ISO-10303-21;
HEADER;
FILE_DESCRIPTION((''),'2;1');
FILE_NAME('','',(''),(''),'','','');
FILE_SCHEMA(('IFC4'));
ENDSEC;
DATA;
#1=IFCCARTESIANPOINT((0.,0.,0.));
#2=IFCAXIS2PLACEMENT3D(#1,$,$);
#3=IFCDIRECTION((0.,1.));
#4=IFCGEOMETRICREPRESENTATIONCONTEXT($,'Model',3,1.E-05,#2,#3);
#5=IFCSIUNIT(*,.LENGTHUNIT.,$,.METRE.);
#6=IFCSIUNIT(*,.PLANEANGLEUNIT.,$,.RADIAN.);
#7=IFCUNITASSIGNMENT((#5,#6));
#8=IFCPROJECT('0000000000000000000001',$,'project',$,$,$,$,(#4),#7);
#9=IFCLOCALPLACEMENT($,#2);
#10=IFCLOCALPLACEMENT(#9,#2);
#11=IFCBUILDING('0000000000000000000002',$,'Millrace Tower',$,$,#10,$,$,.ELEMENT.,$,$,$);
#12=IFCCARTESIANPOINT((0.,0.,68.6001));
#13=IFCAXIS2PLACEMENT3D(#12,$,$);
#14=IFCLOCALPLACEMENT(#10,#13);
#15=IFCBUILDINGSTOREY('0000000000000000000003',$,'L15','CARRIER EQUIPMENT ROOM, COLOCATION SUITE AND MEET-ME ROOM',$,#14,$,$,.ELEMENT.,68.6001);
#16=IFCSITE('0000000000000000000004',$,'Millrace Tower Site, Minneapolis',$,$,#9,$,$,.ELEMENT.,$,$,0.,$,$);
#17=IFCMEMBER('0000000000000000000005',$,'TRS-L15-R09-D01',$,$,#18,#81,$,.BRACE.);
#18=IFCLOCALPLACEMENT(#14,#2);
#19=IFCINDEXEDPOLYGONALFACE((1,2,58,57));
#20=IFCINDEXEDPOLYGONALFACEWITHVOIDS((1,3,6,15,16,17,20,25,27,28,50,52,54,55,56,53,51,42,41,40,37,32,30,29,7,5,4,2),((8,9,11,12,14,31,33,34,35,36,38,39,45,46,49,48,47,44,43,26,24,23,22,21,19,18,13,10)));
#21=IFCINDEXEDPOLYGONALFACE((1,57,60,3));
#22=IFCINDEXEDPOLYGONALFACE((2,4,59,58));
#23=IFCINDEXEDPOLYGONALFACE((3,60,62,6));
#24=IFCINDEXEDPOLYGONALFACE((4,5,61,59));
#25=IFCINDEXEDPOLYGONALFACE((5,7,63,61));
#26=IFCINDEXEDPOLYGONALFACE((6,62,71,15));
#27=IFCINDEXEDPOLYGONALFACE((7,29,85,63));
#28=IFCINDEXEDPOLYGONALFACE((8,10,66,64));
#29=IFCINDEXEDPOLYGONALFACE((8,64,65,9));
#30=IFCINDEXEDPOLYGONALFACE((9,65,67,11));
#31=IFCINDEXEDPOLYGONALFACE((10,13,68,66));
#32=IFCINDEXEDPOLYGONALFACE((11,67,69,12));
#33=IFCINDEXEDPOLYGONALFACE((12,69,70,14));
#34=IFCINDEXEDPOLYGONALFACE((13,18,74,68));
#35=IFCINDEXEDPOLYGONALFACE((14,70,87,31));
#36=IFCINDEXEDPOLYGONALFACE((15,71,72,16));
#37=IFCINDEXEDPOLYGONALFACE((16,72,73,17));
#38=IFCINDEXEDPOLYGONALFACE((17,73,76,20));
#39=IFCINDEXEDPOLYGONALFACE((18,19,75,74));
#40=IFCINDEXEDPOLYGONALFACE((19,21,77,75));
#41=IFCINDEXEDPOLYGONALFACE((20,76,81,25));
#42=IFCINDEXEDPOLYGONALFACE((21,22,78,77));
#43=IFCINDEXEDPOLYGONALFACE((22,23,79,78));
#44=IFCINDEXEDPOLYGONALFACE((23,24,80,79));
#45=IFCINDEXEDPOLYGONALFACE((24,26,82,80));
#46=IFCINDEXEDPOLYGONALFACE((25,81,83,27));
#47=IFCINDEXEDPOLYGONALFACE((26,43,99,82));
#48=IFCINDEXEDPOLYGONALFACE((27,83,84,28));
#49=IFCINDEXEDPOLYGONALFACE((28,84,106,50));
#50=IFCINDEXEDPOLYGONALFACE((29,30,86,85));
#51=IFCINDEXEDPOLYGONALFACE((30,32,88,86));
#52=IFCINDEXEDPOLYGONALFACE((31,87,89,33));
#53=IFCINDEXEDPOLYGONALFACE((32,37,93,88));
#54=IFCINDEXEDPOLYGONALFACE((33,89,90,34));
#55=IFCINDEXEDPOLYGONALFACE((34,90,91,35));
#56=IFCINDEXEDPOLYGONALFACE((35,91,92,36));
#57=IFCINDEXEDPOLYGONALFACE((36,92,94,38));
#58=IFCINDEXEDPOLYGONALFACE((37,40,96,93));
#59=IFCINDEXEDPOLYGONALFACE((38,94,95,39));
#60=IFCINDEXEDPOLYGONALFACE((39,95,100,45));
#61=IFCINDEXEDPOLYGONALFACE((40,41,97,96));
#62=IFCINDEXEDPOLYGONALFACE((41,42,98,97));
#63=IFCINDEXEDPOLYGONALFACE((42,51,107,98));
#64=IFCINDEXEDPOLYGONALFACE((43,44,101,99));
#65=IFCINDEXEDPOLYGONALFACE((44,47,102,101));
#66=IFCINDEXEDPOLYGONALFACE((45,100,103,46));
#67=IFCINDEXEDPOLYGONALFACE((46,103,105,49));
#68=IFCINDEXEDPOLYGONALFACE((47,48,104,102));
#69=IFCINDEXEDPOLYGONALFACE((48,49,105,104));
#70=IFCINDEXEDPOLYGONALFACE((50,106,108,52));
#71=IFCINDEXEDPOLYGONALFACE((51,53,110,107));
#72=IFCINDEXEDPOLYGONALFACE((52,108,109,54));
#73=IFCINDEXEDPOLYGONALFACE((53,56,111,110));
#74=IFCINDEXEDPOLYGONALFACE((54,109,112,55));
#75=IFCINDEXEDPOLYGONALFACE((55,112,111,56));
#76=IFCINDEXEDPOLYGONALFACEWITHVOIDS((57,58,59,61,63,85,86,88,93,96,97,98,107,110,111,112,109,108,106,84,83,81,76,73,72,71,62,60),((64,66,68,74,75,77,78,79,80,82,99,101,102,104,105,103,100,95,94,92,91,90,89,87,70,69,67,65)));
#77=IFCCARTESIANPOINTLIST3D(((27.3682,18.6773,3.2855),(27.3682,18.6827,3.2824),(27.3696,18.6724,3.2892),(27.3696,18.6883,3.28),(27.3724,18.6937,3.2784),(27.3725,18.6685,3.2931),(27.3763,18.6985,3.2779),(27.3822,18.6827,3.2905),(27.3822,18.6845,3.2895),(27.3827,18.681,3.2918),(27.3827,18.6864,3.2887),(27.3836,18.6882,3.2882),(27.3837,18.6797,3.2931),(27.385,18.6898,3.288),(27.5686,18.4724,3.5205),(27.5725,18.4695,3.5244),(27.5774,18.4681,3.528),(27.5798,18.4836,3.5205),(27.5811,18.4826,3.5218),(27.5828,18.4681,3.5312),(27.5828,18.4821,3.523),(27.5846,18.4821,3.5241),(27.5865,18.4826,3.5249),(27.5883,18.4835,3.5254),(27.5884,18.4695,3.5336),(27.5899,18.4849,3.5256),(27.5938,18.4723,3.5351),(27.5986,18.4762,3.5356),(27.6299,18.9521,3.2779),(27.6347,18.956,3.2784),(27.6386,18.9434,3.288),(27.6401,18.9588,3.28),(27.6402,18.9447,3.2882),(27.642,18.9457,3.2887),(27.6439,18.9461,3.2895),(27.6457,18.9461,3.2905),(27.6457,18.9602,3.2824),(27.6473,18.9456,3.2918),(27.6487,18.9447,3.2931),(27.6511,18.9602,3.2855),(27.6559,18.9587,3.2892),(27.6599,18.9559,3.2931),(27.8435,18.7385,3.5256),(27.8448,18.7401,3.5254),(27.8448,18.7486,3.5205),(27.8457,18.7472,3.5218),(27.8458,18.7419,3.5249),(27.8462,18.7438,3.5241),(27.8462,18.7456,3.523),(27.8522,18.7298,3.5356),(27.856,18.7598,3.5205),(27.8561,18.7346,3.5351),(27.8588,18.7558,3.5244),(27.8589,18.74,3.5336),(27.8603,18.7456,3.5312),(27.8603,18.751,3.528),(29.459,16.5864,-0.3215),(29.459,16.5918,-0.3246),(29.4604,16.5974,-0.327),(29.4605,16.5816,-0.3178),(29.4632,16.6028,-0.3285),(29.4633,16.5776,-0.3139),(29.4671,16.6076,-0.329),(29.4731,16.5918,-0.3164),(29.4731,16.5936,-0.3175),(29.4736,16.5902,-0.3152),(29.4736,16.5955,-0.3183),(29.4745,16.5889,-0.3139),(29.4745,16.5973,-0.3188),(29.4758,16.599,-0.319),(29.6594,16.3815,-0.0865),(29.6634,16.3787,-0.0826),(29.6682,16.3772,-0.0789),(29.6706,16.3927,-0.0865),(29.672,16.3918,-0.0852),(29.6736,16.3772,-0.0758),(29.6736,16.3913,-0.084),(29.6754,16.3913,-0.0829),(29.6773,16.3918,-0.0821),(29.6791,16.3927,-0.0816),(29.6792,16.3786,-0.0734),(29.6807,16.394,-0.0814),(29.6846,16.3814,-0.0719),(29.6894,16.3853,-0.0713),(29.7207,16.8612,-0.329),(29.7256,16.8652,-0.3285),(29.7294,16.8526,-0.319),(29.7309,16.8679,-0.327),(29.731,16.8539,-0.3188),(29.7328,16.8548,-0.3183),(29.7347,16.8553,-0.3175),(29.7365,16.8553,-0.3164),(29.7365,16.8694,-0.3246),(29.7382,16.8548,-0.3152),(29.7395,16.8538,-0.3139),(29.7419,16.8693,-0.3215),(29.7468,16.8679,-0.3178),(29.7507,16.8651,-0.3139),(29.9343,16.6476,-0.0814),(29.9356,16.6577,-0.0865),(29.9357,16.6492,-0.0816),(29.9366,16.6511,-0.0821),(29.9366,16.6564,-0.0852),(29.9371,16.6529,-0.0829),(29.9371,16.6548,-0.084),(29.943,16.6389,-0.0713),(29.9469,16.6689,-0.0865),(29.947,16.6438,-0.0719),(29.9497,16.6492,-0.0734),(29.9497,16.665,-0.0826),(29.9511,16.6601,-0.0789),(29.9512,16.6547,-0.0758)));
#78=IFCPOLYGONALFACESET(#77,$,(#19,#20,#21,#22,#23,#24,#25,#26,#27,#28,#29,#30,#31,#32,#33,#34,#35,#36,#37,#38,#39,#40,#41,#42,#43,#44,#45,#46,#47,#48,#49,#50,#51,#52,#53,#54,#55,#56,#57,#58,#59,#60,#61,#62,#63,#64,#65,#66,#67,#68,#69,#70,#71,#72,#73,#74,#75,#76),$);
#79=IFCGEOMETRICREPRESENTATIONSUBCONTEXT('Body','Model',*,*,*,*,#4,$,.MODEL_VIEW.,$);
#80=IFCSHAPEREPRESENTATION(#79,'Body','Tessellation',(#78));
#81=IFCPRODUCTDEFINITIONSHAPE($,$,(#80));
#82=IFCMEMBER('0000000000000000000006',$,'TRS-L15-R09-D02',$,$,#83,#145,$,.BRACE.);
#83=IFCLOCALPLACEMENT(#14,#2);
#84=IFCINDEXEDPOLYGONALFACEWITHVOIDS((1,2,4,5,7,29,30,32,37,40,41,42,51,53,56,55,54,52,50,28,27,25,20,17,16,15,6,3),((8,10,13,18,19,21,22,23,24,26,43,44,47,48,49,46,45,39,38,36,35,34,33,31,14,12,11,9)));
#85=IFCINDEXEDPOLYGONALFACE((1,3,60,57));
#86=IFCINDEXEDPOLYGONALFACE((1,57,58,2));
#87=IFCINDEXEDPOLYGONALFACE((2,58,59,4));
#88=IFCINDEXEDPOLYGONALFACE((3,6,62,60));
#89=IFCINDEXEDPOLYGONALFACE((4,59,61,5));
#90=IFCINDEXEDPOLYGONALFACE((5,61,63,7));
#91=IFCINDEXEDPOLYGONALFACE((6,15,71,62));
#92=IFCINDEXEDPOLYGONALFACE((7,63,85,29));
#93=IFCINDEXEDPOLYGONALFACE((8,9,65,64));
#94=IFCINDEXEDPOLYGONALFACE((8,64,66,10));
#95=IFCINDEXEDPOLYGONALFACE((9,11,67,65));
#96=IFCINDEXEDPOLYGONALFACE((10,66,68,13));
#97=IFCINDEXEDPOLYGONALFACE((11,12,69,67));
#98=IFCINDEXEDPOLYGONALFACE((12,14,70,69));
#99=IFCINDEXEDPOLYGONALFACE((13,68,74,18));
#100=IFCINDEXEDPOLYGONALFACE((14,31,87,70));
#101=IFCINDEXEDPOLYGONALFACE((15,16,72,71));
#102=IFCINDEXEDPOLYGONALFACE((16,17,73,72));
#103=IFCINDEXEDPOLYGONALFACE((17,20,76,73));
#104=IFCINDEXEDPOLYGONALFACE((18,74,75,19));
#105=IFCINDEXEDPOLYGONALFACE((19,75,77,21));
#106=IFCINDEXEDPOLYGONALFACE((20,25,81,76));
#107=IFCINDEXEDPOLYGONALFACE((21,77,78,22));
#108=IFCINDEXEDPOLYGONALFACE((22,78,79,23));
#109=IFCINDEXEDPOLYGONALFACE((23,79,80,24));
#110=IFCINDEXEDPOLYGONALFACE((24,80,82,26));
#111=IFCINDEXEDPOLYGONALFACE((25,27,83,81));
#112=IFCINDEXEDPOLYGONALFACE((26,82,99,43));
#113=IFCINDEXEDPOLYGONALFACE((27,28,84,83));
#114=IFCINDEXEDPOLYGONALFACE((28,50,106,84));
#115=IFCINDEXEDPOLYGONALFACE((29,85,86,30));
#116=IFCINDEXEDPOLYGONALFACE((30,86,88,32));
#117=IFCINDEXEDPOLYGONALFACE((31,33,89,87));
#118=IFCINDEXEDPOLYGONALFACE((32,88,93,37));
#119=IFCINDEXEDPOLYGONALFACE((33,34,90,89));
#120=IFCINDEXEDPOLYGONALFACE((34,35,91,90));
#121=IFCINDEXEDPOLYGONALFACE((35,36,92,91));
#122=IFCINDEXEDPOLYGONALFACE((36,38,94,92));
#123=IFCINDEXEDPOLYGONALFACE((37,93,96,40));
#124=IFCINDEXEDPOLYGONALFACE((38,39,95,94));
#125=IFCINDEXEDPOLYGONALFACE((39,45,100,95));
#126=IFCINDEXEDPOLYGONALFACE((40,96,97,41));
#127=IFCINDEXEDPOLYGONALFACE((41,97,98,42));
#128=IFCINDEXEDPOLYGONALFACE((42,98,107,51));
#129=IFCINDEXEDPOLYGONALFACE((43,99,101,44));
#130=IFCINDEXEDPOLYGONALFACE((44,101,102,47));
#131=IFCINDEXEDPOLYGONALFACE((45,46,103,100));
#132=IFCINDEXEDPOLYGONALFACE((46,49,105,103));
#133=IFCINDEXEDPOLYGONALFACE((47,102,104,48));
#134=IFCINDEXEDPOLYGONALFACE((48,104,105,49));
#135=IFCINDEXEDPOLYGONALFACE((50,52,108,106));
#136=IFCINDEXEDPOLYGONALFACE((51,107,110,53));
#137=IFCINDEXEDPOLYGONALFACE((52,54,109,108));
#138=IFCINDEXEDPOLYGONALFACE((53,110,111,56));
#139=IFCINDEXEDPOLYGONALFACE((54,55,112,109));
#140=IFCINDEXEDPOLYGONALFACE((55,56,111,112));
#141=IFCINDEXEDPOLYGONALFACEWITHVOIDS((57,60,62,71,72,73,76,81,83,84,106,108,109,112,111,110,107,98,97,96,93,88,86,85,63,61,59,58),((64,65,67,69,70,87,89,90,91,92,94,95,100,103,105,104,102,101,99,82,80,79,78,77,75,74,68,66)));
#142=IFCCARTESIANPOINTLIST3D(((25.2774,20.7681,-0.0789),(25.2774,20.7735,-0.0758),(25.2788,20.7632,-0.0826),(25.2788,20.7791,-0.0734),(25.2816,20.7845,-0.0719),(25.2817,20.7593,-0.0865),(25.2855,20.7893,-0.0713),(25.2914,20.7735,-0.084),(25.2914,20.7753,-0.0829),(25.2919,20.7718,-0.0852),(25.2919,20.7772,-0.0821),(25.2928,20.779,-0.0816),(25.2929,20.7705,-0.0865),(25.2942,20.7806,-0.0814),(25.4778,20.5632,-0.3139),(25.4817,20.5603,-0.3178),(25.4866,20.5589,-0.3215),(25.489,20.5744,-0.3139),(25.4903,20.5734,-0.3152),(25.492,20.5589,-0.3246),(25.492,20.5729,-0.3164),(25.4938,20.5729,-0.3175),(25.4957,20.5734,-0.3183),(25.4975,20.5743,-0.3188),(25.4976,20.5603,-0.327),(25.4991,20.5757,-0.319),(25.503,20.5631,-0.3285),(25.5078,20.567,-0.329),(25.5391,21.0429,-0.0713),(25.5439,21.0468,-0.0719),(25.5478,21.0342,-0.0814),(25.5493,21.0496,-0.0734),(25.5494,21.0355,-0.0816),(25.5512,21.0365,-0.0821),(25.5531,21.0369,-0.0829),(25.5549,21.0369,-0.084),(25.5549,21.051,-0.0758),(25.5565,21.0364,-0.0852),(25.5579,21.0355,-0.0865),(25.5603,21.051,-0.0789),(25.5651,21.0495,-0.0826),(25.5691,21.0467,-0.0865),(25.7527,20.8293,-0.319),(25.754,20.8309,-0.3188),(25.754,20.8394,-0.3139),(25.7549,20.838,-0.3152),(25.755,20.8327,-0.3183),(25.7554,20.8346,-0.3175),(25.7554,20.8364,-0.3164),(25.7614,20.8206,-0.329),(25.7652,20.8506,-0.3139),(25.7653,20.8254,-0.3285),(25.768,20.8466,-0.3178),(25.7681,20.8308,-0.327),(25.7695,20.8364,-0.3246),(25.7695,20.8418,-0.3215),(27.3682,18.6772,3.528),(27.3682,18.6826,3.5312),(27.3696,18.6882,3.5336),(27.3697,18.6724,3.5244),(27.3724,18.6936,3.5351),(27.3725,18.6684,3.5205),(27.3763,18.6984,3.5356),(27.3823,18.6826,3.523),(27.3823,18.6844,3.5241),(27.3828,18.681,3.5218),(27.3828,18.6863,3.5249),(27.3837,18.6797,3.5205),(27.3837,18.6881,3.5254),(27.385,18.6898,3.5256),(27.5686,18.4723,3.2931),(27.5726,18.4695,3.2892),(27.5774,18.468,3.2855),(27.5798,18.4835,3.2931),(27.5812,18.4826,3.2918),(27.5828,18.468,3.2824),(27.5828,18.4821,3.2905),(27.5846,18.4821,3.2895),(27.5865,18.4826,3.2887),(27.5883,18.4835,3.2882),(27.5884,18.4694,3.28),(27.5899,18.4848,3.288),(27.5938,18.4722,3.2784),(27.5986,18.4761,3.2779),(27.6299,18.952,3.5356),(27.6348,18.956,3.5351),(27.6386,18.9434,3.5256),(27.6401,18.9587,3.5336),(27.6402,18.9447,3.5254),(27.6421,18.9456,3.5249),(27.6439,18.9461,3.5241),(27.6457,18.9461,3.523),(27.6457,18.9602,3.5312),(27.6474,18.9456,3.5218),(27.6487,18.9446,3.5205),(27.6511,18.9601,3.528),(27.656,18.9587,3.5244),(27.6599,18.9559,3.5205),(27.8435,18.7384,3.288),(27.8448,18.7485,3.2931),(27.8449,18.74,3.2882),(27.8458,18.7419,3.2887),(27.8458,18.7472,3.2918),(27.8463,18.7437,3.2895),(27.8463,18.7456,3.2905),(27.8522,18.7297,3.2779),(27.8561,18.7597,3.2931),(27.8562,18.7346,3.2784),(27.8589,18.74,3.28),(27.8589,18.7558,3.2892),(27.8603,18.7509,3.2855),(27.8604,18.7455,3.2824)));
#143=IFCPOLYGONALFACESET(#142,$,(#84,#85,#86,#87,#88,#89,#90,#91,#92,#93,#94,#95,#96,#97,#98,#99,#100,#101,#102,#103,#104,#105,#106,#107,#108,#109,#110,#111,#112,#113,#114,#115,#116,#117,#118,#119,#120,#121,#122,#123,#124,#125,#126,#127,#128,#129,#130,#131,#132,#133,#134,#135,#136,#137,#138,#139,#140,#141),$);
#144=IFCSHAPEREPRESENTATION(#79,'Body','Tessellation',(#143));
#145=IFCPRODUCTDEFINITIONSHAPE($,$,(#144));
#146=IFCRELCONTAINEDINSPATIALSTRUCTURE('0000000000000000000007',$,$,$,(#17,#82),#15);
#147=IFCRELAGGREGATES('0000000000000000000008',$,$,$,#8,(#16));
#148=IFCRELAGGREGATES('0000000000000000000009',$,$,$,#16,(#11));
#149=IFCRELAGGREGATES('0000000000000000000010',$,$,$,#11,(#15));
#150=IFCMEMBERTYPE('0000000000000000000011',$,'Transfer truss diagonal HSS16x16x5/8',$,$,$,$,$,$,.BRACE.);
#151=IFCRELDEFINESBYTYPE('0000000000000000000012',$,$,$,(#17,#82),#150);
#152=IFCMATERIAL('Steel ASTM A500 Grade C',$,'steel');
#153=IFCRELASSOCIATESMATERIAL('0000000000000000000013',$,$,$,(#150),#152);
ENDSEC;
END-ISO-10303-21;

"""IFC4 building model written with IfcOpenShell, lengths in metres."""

from ifc_helpers import new_model, si_unit, direction, frame, origin, origin_2d, place, context, subcontext, project, spatial, hollow_rectangle, extrude, material, material_profile, profile_set, type_object, element, save


model = new_model("IFC4")

# Units and contexts
model_context = context("Model", 3, precision=1e-05, world=origin(), true_north=direction((0.0, 1.0)))
body_context = subcontext(model_context, "Body", "Model", "MODEL_VIEW")
ifc_project = project(units=[si_unit("LENGTHUNIT", "METRE"), si_unit("PLANEANGLEUNIT", "RADIAN")], contexts=[model_context])

# Site, building, storey
site_placement = place(None, origin())
site = spatial("IfcSite", under=ifc_project, at=site_placement, Name="Millrace Tower Site, Minneapolis", CompositionType="ELEMENT", RefElevation=0.0)
building_placement = place(site_placement, origin())
building = spatial("IfcBuilding", under=site, at=building_placement, Name="Millrace Tower", CompositionType="ELEMENT")
storey_placement = place(building_placement, frame((0.0, 0.0, 68.6001)))
storey = spatial("IfcBuildingStorey", under=building, at=storey_placement, Name="L15", Description="CARRIER EQUIPMENT ROOM, COLOCATION SUITE AND MEET-ME ROOM", CompositionType="ELEMENT", Elevation=68.6001)

# Members
ifc_material_1 = material(Name="Steel ASTM A500 Grade C", Category="steel")
ifc_material_profile_1 = material_profile(ifc_material_1, hollow_rectangle(XDim=0.4065, YDim=0.4065, WallThickness=0.0159, InnerFilletRadius=0.0081, OuterFilletRadius=0.0239, at=origin_2d()))
ifc_profile_set_1 = profile_set([ifc_material_profile_1], Name="Steel ASTM A500 Grade C")
member_type_1 = type_object("IfcMemberType", Name="Transfer truss diagonal HSS16x16x5/8", PredefinedType="BRACE", material=ifc_profile_set_1)
for number, where, z_axis, x_axis, name in (
    (1, (29.7051, 16.6233, -0.2002), (-0.448288, 0.448288, 0.773354), (-0.707107, -0.707107, 0.0), "TRS-L15-R09-D01"),
    (2, (25.5234, 20.8049, -0.2002), (0.448288, -0.448288, 0.773354), (0.707107, 0.707107, 0.0), "TRS-L15-R09-D02"),
):
    element("IfcMember", number, at=place(storey_placement, frame(where, z_axis=z_axis, x_axis=x_axis)), inside=storey, type_object=member_type_1, Name=name, PredefinedType="BRACE", context=body_context, shape_type="SweptSolid", body=[
        extrude(hollow_rectangle(XDim=0.4065, YDim=0.4065, WallThickness=0.0159, InnerFilletRadius=0.0081, OuterFilletRadius=0.0239, at=origin_2d()), origin(), (0.0, 0.0, 1.0), 4.6641),
    ])

save(model, "model.ifc")
